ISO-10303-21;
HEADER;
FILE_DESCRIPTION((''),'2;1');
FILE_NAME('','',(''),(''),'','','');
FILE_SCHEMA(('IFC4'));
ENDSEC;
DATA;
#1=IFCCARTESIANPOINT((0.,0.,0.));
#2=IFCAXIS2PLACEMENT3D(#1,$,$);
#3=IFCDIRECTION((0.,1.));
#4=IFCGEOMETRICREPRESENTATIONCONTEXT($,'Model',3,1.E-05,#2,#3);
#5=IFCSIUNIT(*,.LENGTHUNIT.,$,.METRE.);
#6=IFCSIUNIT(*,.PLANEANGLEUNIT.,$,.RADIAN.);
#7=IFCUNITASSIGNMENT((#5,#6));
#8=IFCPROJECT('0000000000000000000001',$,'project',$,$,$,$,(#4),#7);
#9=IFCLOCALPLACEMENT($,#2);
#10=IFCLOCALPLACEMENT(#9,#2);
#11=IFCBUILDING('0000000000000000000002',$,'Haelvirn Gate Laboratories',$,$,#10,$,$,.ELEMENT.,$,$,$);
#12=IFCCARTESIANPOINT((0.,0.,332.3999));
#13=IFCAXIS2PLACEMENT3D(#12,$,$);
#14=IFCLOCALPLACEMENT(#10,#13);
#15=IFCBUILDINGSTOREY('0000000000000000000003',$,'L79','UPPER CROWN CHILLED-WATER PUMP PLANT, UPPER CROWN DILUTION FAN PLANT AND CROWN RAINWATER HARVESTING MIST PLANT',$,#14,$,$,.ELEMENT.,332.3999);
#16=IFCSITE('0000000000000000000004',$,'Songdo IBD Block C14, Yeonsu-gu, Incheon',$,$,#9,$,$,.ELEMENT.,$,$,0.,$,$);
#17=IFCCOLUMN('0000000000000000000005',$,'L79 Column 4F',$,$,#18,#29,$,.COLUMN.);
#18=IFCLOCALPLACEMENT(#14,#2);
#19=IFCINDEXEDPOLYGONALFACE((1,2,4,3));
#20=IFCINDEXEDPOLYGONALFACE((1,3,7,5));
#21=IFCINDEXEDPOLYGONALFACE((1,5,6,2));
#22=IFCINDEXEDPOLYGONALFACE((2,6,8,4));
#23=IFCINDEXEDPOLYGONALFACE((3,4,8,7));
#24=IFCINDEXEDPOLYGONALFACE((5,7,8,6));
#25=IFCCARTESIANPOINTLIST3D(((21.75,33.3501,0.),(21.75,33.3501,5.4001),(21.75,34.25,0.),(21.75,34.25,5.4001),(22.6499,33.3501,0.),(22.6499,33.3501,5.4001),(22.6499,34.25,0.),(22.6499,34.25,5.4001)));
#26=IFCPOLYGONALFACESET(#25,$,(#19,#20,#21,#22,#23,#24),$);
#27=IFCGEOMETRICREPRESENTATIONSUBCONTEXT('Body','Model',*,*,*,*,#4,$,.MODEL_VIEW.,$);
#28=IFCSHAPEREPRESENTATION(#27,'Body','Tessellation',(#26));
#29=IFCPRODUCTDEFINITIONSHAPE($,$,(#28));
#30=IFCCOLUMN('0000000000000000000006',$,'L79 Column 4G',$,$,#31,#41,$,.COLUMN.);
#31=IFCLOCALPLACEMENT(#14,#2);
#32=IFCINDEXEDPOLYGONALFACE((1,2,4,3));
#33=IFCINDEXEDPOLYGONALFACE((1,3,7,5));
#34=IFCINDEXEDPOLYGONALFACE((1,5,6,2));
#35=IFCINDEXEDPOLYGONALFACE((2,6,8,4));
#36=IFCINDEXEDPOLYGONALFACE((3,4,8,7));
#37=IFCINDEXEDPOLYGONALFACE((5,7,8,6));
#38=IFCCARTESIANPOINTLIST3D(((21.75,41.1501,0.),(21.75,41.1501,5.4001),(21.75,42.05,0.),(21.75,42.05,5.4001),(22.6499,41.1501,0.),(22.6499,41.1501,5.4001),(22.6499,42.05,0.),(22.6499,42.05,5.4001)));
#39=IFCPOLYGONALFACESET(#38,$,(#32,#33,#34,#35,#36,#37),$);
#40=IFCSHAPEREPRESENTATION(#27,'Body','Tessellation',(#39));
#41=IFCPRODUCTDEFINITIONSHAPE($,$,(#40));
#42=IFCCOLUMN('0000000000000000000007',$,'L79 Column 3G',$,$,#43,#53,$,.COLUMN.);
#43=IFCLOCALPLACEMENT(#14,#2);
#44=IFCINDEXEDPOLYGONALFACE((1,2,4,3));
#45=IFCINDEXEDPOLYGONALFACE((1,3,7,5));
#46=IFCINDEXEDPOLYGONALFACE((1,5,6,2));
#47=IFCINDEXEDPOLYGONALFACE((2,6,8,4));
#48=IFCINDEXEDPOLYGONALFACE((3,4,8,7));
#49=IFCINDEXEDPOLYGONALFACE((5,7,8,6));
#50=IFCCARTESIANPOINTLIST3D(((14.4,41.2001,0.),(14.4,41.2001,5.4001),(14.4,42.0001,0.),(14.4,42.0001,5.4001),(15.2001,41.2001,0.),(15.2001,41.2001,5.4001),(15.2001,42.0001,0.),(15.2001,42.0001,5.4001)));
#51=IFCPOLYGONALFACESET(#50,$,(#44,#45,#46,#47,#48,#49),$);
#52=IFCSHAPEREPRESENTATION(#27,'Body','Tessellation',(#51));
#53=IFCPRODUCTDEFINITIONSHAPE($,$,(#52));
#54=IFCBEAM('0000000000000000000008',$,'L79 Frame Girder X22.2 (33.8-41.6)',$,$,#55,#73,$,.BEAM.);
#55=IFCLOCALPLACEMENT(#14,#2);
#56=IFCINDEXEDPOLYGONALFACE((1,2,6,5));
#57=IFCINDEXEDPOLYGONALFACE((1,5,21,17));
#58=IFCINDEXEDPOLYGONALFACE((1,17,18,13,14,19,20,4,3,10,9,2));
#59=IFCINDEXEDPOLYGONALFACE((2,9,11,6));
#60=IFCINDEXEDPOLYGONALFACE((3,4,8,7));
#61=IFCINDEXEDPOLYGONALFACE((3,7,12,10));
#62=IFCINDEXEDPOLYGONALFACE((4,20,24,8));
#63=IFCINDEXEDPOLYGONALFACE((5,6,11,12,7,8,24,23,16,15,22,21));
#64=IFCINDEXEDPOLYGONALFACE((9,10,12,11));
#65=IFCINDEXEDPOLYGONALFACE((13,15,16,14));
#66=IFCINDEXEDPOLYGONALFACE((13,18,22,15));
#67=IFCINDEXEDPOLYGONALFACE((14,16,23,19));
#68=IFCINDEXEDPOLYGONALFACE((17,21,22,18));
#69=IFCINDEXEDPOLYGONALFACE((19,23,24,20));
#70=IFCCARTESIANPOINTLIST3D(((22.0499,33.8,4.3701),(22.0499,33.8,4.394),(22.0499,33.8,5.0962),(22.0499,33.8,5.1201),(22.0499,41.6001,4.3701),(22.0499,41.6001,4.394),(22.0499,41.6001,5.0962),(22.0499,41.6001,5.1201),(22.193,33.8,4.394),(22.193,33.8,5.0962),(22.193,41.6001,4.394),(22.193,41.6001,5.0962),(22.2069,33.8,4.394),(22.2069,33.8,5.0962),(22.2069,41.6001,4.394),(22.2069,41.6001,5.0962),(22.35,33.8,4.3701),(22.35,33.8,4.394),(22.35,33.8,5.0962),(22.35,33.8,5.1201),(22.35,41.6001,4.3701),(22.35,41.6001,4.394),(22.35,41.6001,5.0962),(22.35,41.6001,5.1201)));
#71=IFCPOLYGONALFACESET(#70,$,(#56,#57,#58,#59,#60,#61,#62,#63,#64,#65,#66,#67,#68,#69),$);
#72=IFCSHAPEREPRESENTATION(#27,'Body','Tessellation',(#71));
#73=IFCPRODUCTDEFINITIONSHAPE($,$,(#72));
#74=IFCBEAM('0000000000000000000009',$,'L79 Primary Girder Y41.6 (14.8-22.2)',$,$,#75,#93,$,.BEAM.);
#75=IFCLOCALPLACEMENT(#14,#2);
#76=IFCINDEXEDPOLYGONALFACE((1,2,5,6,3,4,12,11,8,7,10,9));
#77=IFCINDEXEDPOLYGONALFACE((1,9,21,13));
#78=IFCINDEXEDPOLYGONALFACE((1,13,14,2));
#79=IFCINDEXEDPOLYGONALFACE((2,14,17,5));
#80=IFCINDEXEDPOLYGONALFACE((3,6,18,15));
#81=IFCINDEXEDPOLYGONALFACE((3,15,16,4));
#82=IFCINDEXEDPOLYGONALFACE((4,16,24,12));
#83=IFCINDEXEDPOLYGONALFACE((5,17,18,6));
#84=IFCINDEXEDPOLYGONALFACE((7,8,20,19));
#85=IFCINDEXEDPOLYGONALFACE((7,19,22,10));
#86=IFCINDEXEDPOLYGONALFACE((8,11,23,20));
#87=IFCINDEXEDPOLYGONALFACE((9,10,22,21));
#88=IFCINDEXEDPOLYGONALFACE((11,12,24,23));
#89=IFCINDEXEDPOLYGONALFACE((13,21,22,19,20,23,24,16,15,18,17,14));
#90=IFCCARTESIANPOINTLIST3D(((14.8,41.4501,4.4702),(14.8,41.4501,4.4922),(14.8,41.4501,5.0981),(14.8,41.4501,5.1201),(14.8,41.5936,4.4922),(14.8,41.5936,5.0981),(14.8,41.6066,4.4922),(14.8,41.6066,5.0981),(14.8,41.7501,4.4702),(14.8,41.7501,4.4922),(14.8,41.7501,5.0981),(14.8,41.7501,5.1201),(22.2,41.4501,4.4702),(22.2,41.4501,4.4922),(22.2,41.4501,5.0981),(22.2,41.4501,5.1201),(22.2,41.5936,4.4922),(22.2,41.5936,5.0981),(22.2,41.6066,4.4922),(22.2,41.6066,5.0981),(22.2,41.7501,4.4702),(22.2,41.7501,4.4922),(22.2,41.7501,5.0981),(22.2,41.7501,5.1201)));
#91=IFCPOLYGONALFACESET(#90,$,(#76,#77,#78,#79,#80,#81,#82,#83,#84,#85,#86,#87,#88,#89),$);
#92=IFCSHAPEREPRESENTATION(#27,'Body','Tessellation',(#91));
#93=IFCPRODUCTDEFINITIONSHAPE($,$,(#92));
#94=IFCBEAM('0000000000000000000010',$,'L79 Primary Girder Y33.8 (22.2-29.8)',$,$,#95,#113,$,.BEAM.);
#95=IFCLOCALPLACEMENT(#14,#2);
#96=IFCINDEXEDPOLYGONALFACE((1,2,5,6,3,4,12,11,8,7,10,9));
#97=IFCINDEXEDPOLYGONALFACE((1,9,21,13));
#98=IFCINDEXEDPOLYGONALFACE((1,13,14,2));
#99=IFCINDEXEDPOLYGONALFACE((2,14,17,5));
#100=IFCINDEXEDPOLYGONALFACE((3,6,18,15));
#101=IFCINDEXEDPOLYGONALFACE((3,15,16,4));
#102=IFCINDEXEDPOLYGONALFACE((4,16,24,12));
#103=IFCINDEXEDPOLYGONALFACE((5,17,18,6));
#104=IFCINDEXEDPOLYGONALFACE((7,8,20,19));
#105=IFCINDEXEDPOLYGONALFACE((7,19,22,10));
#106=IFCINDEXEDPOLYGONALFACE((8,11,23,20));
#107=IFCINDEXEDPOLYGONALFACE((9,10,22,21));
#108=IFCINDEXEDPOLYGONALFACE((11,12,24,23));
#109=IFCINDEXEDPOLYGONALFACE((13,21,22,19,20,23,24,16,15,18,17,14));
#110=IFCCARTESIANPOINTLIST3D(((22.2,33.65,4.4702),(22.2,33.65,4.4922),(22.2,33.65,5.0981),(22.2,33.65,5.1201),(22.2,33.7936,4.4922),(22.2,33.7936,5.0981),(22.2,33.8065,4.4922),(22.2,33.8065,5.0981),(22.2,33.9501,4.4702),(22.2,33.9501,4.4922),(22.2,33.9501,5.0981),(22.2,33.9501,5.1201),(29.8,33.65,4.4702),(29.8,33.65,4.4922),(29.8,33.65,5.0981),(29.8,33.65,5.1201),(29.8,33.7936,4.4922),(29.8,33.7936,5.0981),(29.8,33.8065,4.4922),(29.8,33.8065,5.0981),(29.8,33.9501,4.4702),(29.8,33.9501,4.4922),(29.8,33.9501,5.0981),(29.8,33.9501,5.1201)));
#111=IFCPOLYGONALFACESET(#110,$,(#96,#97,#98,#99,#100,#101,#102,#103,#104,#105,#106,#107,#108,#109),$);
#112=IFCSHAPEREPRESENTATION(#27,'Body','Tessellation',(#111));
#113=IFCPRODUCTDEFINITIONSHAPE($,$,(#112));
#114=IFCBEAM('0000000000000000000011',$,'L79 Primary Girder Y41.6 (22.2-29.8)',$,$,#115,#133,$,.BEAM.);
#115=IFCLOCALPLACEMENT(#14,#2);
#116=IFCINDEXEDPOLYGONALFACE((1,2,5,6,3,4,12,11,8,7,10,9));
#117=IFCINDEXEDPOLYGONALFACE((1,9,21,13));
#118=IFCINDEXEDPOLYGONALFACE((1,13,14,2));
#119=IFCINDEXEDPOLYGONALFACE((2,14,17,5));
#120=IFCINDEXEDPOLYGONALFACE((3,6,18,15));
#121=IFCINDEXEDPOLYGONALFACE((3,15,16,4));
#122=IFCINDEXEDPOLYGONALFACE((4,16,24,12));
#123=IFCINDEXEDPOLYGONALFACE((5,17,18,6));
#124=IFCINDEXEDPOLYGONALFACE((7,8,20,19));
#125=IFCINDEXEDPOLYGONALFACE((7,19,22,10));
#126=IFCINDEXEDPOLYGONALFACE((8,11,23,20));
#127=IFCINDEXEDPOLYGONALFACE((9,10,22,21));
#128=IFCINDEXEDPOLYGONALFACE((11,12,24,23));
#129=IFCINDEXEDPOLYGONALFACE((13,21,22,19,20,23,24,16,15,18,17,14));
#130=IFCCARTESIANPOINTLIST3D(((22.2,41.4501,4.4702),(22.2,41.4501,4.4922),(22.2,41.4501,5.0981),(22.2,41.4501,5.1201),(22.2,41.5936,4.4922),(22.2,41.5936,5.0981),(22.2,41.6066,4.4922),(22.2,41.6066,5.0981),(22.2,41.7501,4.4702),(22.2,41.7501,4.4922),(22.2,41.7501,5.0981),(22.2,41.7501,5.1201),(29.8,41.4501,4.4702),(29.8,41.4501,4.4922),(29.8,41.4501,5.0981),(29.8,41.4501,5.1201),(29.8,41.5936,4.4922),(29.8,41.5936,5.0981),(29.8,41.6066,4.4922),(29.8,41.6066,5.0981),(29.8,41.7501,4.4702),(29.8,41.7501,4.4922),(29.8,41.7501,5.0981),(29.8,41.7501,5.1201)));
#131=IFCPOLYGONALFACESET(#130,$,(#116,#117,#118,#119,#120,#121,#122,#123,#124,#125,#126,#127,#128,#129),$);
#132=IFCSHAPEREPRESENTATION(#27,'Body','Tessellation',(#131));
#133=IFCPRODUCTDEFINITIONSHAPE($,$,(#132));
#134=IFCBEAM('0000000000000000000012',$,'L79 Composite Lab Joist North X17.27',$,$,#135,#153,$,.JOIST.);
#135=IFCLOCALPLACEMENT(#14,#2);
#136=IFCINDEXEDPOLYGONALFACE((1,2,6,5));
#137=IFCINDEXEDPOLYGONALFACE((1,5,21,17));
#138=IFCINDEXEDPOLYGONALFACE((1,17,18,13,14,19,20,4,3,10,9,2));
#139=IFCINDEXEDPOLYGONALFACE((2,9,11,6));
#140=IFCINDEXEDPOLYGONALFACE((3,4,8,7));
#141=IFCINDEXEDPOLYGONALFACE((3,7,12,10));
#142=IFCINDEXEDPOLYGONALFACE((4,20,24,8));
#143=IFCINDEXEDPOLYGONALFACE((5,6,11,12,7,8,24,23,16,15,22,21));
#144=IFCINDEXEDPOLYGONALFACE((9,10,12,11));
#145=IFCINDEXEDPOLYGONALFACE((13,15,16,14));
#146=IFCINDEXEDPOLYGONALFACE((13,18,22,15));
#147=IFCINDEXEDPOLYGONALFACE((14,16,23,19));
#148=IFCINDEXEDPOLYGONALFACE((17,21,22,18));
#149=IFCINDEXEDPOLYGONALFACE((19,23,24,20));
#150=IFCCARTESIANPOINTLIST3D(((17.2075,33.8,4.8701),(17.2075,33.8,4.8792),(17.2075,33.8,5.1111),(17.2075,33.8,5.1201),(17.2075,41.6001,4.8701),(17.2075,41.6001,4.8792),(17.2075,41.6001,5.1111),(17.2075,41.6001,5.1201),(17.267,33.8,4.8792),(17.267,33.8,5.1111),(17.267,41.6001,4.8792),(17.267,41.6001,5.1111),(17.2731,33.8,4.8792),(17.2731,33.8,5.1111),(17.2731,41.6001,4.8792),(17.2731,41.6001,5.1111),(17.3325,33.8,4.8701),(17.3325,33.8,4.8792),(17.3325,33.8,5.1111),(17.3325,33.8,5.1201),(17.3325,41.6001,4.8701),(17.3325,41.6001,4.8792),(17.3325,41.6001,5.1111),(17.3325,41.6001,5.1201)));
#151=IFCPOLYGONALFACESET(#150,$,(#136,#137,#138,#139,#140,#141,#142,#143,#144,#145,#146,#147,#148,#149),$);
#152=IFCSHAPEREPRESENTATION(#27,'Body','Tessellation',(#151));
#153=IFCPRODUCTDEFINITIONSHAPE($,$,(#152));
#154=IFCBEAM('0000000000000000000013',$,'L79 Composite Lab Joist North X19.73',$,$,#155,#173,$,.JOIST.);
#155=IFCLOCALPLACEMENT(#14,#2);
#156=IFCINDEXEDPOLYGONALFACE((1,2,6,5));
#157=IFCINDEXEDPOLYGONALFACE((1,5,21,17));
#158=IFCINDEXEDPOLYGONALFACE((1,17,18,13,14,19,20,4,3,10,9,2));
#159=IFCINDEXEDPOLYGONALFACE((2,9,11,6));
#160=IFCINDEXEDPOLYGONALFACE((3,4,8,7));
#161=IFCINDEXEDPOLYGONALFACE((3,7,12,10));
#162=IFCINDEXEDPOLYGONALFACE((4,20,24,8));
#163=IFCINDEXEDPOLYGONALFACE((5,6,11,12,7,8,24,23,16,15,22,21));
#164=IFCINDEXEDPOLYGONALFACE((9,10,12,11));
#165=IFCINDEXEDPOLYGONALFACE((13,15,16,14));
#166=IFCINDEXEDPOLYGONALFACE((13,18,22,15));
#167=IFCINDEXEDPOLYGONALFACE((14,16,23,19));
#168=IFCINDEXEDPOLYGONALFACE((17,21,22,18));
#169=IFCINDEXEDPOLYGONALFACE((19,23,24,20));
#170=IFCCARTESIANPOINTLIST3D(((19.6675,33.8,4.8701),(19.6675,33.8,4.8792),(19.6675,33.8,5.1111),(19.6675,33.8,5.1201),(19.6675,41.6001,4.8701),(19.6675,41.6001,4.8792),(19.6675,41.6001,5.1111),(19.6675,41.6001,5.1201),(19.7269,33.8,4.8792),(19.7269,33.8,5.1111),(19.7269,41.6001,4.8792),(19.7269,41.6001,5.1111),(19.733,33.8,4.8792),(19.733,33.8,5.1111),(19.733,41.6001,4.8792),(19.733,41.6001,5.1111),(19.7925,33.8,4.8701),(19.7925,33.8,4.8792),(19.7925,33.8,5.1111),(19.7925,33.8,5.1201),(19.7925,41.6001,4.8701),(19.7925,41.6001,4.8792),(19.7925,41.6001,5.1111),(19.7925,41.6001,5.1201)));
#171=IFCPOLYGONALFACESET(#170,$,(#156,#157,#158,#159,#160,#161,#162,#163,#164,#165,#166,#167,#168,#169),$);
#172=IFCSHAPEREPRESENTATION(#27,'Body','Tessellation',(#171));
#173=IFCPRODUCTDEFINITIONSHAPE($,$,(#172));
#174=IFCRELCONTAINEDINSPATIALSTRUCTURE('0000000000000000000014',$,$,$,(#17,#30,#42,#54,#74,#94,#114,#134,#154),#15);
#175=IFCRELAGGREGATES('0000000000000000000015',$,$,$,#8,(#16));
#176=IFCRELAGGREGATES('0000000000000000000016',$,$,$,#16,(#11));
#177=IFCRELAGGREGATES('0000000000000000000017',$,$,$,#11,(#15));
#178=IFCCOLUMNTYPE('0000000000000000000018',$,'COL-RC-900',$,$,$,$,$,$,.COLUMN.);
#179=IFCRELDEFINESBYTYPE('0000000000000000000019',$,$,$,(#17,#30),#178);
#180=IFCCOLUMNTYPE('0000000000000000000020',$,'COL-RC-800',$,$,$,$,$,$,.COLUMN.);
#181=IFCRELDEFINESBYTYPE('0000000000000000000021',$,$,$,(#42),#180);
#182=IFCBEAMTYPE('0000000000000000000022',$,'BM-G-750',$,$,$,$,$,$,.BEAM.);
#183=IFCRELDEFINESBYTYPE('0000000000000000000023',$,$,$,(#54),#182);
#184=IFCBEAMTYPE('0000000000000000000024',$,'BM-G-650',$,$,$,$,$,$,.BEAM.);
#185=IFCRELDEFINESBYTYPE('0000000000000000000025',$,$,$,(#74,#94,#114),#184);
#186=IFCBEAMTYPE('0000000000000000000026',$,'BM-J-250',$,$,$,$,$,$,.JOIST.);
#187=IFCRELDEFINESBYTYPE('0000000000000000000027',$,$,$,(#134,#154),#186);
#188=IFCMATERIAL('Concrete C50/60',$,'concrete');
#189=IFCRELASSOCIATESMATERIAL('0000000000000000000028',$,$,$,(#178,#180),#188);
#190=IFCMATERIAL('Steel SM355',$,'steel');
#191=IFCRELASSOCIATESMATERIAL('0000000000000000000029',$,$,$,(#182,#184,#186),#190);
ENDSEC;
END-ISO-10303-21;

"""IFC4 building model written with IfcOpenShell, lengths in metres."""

from ifc_helpers import new_model, si_unit, direction, frame, origin, origin_2d, place, context, subcontext, project, spatial, rectangle, i_section, extrude, source, transform, mapped, material, material_profile, profile_set, type_object, type_shapes, element, save


model = new_model("IFC4")

# Units and contexts
model_context = context("Model", 3, precision=1e-05, world=origin(), true_north=direction((0.0, 1.0)))
body_context = subcontext(model_context, "Body", "Model", "MODEL_VIEW")
ifc_project = project(units=[si_unit("LENGTHUNIT", "METRE"), si_unit("PLANEANGLEUNIT", "RADIAN")], contexts=[model_context])

# Site, building, storey
site_placement = place(None, origin())
site = spatial("IfcSite", under=ifc_project, at=site_placement, Name="Songdo IBD Block C14, Yeonsu-gu, Incheon", CompositionType="ELEMENT", RefElevation=0.0)
building_placement = place(site_placement, origin())
building = spatial("IfcBuilding", under=site, at=building_placement, Name="Haelvirn Gate Laboratories", CompositionType="ELEMENT")
storey_placement = place(building_placement, frame((0.0, 0.0, 332.3999)))
storey = spatial("IfcBuildingStorey", under=building, at=storey_placement, Name="L79", Description="UPPER CROWN CHILLED-WATER PUMP PLANT, UPPER CROWN DILUTION FAN PLANT AND CROWN RAINWATER HARVESTING MIST PLANT", CompositionType="ELEMENT", Elevation=332.3999)

# Columns
ifc_material_1 = material(Name="Concrete C50/60", Category="concrete")
ifc_material_profile_1 = material_profile(ifc_material_1, rectangle(XDim=0.8999, YDim=0.8999, at=origin_2d()), Name="RC-900x900")
ifc_profile_set_1 = profile_set([ifc_material_profile_1], Name="Concrete C50/60")
column_type_1 = type_object("IfcColumnType", Name="COL-RC-900", PredefinedType="COLUMN", material=ifc_profile_set_1)
shared_shape_1 = source(origin(), body_context, "Body", "SweptSolid", [
    extrude(rectangle(XDim=0.8999, YDim=0.8999, at=origin_2d()), origin(), (0.0, 0.0, 1.0), 5.4001),
])
type_shapes(column_type_1, [shared_shape_1])
for number, where, z_axis, x_axis, name in (
    (1, (22.2, 33.8, 0.0), (0.0, 0.0, 1.0), (1.0, 0.0, 0.0), "L79 Column 4F"),
    (2, (22.2, 41.6001, 0.0), (0.0, 0.0, 1.0), (1.0, 0.0, 0.0), "L79 Column 4G"),
):
    element("IfcColumn", number, at=place(storey_placement, frame(where, z_axis=z_axis, x_axis=x_axis)), inside=storey, type_object=column_type_1, Name=name, PredefinedType="COLUMN", context=body_context, shape_type="MappedRepresentation", body=[
        mapped(shared_shape_1, transform((0.0, 0.0, 0.0), scale=1.0)),
    ])
ifc_material_profile_2 = material_profile(ifc_material_1, rectangle(XDim=0.8, YDim=0.8, at=origin_2d()), Name="RC-800x800")
ifc_profile_set_2 = profile_set([ifc_material_profile_2], Name="Concrete C50/60")
column_type_2 = type_object("IfcColumnType", Name="COL-RC-800", PredefinedType="COLUMN", material=ifc_profile_set_2)
shared_shape_2 = source(origin(), body_context, "Body", "SweptSolid", [
    extrude(rectangle(XDim=0.8, YDim=0.8, at=origin_2d()), origin(), (0.0, 0.0, 1.0), 5.4001),
])
type_shapes(column_type_2, [shared_shape_2])
column_placement = place(storey_placement, frame((14.8, 41.6001, 0.0), z_axis=(0.0, 0.0, 1.0), x_axis=(1.0, 0.0, 0.0)))
element("IfcColumn", 3, at=column_placement, inside=storey, type_object=column_type_2, Name="L79 Column 3G", PredefinedType="COLUMN", context=body_context, shape_type="MappedRepresentation", body=[
    mapped(shared_shape_2, transform((0.0, 0.0, 0.0), scale=1.0)),
])

# Beams
ifc_material_2 = material(Name="Steel SM355", Category="steel")
ifc_material_profile_3 = material_profile(ifc_material_2, i_section(OverallWidth=0.3, OverallDepth=0.75, WebThickness=0.0139, FlangeThickness=0.0239, at=origin_2d()), Name="H-750x300x14x24")
ifc_profile_set_3 = profile_set([ifc_material_profile_3], Name="Steel SM355")
beam_type_1 = type_object("IfcBeamType", Name="BM-G-750", PredefinedType="BEAM", material=ifc_profile_set_3)
shared_shape_3 = source(origin(), body_context, "Body", "SweptSolid", [
    extrude(i_section(OverallWidth=0.3, OverallDepth=0.75, WebThickness=0.0139, FlangeThickness=0.0239, at=origin_2d()), origin(), (0.0, 0.0, 1.0), 7.8),
])
beam_1_placement = place(storey_placement, frame((22.2, 33.8, 4.7451), z_axis=(0.0, 1.0, 0.0), x_axis=(-1.0, 0.0, 0.0)))
element("IfcBeam", 4, at=beam_1_placement, inside=storey, type_object=beam_type_1, Name="L79 Frame Girder X22.2 (33.8-41.6)", PredefinedType="BEAM", context=body_context, shape_type="MappedRepresentation", body=[
    mapped(shared_shape_3, transform((0.0, 0.0, 0.0), scale=1.0)),
])
ifc_material_profile_4 = material_profile(ifc_material_2, i_section(OverallWidth=0.3, OverallDepth=0.6499, WebThickness=0.0129, FlangeThickness=0.022, at=origin_2d()), Name="H-650x300x13x22")
ifc_profile_set_4 = profile_set([ifc_material_profile_4], Name="Steel SM355")
beam_type_2 = type_object("IfcBeamType", Name="BM-G-650", PredefinedType="BEAM", material=ifc_profile_set_4)
shared_shape_4 = source(origin(), body_context, "Body", "SweptSolid", [
    extrude(i_section(OverallWidth=0.3, OverallDepth=0.6499, WebThickness=0.0129, FlangeThickness=0.022, at=origin_2d()), origin(), (0.0, 0.0, 1.0), 7.3999),
])
beam_2_placement = place(storey_placement, frame((14.8, 41.6001, 4.7952), z_axis=(1.0, 0.0, 0.0), x_axis=(0.0, 1.0, 0.0)))
element("IfcBeam", 5, at=beam_2_placement, inside=storey, type_object=beam_type_2, Name="L79 Primary Girder Y41.6 (14.8-22.2)", PredefinedType="BEAM", context=body_context, shape_type="MappedRepresentation", body=[
    mapped(shared_shape_4, transform((0.0, 0.0, 0.0), scale=1.0)),
])
shared_shape_5 = source(origin(), body_context, "Body", "SweptSolid", [
    extrude(i_section(OverallWidth=0.3, OverallDepth=0.6499, WebThickness=0.0129, FlangeThickness=0.022, at=origin_2d()), origin(), (0.0, 0.0, 1.0), 7.6001),
])
type_shapes(beam_type_2, [shared_shape_4, shared_shape_5])
for number, where, z_axis, x_axis, name in (
    (6, (22.2, 33.8, 4.7952), (1.0, 0.0, 0.0), (0.0, 1.0, 0.0), "L79 Primary Girder Y33.8 (22.2-29.8)"),
    (7, (22.2, 41.6001, 4.7952), (1.0, 0.0, 0.0), (0.0, 1.0, 0.0), "L79 Primary Girder Y41.6 (22.2-29.8)"),
):
    element("IfcBeam", number, at=place(storey_placement, frame(where, z_axis=z_axis, x_axis=x_axis)), inside=storey, type_object=beam_type_2, Name=name, PredefinedType="BEAM", context=body_context, shape_type="MappedRepresentation", body=[
        mapped(shared_shape_5, transform((0.0, 0.0, 0.0), scale=1.0)),
    ])
ifc_material_profile_5 = material_profile(ifc_material_2, i_section(OverallWidth=0.125, OverallDepth=0.25, WebThickness=0.0061, FlangeThickness=0.009, at=origin_2d()), Name="H-250x125x6x9")
ifc_profile_set_5 = profile_set([ifc_material_profile_5], Name="Steel SM355")
beam_type_3 = type_object("IfcBeamType", Name="BM-J-250", PredefinedType="JOIST", material=ifc_profile_set_5)
shared_shape_6 = source(origin(), body_context, "Body", "SweptSolid", [
    extrude(i_section(OverallWidth=0.125, OverallDepth=0.25, WebThickness=0.0061, FlangeThickness=0.009, at=origin_2d()), origin(), (0.0, 0.0, 1.0), 7.8),
])
type_shapes(beam_type_3, [shared_shape_6])
for number, where, z_axis, x_axis, name in (
    (8, (17.27, 33.8, 4.9951), (0.0, 1.0, 0.0), (-1.0, 0.0, 0.0), "L79 Composite Lab Joist North X17.27"),
    (9, (19.73, 33.8, 4.9951), (0.0, 1.0, 0.0), (-1.0, 0.0, 0.0), "L79 Composite Lab Joist North X19.73"),
):
    element("IfcBeam", number, at=place(storey_placement, frame(where, z_axis=z_axis, x_axis=x_axis)), inside=storey, type_object=beam_type_3, Name=name, PredefinedType="JOIST", context=body_context, shape_type="MappedRepresentation", body=[
        mapped(shared_shape_6, transform((0.0, 0.0, 0.0), scale=1.0)),
    ])

save(model, "model.ifc")
